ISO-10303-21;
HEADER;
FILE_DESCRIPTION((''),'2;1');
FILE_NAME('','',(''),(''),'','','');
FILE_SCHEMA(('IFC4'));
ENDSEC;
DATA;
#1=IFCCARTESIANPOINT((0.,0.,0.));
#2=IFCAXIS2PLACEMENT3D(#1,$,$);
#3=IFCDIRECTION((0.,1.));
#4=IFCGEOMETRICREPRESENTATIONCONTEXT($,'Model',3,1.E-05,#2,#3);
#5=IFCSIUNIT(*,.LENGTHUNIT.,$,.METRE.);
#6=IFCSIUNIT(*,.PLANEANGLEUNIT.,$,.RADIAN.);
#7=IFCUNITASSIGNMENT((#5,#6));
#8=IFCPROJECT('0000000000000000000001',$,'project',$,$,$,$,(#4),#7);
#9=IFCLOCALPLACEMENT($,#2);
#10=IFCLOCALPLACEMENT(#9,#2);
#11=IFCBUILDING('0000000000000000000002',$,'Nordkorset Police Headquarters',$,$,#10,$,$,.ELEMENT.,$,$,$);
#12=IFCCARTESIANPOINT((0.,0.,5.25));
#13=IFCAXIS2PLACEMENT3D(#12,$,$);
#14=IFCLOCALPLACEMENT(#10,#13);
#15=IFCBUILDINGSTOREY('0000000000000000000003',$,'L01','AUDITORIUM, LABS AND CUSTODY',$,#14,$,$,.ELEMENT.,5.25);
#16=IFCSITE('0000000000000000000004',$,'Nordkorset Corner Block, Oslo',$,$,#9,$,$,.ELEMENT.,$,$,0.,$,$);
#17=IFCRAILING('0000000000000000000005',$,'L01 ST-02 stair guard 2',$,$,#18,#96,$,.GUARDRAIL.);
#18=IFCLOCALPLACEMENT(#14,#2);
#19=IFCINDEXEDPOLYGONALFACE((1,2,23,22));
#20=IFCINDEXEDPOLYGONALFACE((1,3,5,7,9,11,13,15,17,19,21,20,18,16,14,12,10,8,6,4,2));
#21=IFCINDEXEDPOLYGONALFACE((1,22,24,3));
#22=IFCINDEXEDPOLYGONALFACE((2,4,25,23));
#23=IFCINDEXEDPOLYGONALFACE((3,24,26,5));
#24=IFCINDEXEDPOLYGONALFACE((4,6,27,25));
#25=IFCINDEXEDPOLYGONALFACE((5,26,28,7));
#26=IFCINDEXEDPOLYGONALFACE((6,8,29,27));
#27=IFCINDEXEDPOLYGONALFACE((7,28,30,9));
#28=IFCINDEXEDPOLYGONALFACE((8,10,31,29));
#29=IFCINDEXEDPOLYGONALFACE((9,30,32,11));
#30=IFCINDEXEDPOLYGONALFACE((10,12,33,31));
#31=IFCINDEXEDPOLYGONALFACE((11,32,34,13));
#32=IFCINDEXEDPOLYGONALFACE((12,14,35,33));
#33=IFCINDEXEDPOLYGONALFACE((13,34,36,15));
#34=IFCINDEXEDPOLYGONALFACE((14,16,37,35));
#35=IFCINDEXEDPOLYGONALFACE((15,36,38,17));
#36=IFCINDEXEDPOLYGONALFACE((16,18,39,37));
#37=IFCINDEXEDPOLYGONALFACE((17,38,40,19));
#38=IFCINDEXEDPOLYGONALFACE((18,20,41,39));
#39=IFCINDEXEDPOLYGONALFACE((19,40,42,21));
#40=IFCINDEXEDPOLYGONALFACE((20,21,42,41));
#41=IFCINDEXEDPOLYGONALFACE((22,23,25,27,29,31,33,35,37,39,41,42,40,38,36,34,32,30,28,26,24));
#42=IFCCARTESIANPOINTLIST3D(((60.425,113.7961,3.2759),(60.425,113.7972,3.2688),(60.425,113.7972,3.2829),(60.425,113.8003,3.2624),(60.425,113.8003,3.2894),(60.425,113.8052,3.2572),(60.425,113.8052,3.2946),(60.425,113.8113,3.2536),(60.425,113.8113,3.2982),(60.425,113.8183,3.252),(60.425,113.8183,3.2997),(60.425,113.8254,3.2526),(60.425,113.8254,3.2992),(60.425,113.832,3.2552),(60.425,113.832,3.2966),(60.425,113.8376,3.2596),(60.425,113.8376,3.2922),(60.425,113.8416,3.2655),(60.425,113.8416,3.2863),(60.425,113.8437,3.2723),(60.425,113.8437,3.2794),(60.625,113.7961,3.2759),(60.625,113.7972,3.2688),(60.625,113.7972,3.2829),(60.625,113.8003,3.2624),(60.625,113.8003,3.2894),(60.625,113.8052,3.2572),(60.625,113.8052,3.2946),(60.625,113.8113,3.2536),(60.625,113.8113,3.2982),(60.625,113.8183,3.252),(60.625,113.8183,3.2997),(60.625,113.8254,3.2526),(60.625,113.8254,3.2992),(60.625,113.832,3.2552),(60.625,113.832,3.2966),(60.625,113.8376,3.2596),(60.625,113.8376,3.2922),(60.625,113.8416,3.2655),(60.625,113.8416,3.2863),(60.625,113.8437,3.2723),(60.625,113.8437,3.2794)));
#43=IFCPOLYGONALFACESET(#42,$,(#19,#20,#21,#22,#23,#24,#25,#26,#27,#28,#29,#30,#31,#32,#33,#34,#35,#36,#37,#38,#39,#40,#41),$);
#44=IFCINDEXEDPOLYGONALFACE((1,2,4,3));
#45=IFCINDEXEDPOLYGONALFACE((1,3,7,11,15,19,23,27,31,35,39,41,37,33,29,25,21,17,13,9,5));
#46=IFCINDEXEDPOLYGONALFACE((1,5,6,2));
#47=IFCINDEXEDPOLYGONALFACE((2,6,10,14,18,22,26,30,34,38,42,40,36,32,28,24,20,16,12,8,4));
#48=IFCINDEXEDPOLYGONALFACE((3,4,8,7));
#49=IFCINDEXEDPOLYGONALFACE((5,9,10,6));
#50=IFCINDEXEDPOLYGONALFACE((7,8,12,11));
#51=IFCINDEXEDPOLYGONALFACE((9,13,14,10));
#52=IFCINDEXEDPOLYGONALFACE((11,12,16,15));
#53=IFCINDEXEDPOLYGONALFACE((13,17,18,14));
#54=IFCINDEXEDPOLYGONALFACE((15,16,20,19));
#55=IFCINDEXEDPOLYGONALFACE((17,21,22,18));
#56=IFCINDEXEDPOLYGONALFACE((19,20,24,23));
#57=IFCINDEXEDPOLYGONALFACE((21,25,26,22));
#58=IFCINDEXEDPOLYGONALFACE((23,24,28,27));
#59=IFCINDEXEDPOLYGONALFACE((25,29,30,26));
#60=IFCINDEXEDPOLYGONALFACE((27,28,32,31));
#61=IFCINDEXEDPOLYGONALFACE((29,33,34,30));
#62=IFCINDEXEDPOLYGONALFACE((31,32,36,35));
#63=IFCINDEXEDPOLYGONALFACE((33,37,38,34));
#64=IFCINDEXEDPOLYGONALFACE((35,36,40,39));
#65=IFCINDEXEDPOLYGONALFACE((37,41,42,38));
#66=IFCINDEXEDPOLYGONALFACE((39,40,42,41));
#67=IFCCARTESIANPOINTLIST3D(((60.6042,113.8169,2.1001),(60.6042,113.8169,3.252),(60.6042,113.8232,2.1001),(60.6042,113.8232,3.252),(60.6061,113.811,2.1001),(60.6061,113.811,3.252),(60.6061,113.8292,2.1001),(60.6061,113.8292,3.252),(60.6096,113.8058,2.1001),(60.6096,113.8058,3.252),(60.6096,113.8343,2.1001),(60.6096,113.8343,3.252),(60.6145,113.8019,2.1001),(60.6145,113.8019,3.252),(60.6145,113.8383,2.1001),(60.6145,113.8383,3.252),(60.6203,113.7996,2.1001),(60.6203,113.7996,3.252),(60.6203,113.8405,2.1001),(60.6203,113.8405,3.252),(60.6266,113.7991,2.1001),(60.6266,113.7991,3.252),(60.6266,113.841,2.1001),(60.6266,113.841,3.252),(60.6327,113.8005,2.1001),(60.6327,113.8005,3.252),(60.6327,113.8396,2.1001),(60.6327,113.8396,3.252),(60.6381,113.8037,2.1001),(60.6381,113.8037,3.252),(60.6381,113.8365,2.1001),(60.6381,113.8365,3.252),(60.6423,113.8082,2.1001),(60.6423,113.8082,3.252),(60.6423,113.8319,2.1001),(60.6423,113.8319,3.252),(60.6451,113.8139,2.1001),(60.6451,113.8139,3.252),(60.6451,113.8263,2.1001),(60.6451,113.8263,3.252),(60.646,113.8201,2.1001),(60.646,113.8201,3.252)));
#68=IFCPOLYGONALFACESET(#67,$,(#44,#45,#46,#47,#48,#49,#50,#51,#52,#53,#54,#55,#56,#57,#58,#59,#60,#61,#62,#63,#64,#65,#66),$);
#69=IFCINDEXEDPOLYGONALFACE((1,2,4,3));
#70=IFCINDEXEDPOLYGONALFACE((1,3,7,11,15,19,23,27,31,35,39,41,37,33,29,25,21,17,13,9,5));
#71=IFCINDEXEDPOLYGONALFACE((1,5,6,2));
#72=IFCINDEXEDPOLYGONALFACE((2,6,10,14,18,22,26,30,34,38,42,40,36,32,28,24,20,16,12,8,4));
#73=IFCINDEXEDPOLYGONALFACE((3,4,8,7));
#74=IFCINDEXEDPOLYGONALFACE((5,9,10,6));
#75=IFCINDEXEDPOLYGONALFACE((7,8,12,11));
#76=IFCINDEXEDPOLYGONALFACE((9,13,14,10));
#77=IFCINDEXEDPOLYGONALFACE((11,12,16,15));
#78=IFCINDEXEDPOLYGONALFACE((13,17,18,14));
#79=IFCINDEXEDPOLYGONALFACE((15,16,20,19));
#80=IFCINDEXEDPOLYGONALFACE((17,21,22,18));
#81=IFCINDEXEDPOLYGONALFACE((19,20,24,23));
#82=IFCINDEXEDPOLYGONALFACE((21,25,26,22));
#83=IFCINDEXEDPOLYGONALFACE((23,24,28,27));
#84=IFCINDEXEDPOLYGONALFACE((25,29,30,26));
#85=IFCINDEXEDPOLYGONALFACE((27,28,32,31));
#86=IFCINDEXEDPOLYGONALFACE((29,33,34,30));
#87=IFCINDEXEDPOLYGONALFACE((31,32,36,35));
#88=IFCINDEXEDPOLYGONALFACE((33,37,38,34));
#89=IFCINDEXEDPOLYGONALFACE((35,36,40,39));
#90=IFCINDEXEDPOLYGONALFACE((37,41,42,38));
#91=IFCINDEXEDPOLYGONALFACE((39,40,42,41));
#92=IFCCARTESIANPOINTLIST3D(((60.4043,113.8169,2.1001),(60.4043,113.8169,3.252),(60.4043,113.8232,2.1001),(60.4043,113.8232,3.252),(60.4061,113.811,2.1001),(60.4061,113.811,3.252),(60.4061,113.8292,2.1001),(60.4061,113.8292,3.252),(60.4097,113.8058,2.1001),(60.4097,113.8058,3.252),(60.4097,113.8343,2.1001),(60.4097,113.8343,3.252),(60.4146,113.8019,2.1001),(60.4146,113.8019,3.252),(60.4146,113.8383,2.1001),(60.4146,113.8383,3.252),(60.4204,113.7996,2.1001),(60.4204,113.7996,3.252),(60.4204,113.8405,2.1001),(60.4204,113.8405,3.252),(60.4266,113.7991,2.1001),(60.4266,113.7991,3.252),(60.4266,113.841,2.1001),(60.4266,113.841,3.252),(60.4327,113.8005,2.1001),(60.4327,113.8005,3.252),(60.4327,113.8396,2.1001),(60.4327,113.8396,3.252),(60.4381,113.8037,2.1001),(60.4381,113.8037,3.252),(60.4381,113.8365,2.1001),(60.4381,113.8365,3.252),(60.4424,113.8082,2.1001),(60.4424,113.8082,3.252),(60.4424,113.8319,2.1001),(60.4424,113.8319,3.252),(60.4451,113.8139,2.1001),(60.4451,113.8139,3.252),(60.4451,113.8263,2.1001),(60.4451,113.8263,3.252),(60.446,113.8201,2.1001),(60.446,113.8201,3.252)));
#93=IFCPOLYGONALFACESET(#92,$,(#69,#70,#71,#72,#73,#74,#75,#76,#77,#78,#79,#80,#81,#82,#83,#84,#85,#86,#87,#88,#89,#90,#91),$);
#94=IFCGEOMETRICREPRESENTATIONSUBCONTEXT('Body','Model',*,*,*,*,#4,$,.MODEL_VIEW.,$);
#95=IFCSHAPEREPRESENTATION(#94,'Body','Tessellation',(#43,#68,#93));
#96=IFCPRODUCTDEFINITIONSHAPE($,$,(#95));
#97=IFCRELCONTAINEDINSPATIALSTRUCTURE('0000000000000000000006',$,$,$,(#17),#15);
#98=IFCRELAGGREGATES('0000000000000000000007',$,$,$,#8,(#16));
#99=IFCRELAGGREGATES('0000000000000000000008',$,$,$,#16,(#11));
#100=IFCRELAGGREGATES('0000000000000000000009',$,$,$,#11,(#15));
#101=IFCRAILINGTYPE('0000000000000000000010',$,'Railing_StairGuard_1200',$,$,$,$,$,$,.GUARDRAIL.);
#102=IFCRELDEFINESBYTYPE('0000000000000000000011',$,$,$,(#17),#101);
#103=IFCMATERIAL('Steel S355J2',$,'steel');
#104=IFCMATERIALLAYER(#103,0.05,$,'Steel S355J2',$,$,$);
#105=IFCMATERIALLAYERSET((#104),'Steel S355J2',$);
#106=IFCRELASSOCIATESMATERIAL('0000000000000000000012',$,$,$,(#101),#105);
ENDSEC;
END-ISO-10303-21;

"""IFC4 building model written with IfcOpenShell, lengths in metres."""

from ifc_helpers import new_model, si_unit, direction, frame, origin, origin_2d, place, context, subcontext, project, spatial, circle, extrude, material, layer, layer_set, type_object, element, save


model = new_model("IFC4")

# Units and contexts
model_context = context("Model", 3, precision=1e-05, world=origin(), true_north=direction((0.0, 1.0)))
body_context = subcontext(model_context, "Body", "Model", "MODEL_VIEW")
ifc_project = project(units=[si_unit("LENGTHUNIT", "METRE"), si_unit("PLANEANGLEUNIT", "RADIAN")], contexts=[model_context])

# Site, building, storey
site_placement = place(None, origin())
site = spatial("IfcSite", under=ifc_project, at=site_placement, Name="Nordkorset Corner Block, Oslo", CompositionType="ELEMENT", RefElevation=0.0)
building_placement = place(site_placement, origin())
building = spatial("IfcBuilding", under=site, at=building_placement, Name="Nordkorset Police Headquarters", CompositionType="ELEMENT")
storey_placement = place(building_placement, frame((0.0, 0.0, 5.25)))
storey = spatial("IfcBuildingStorey", under=building, at=storey_placement, Name="L01", Description="AUDITORIUM, LABS AND CUSTODY", CompositionType="ELEMENT", Elevation=5.25)

# Railing
ifc_material_1 = material(Name="Steel S355J2", Category="steel")
ifc_layer_1 = layer(ifc_material_1, 0.05, Name="Steel S355J2")
ifc_layer_set_1 = layer_set([ifc_layer_1], Name="Steel S355J2")
railing_type_1 = type_object("IfcRailingType", Name="Railing_StairGuard_1200", PredefinedType="GUARDRAIL", material=ifc_layer_set_1)
railing_1_placement = place(storey_placement, frame((60.625, 113.8201, 2.1001)))
element("IfcRailing", 1, at=railing_1_placement, inside=storey, type_object=railing_type_1, Name="L01 ST-02 stair guard 2", PredefinedType="GUARDRAIL", context=body_context, shape_type="SweptSolid", body=[
    extrude(circle(Radius=0.0239, at=origin_2d()), frame((0.0, 0.0, 1.1758), z_axis=(-1.0, 0.0, 0.0), x_axis=(0.0, -1.0, 0.0)), (0.0, 0.0, 1.0), 0.2),
    extrude(circle(Radius=0.021, at=origin_2d()), origin(), (0.0, 0.0, 1.0), 1.1519),
    extrude(circle(Radius=0.021, at=origin_2d()), frame((-0.2, 0.0, 0.0)), (0.0, 0.0, 1.0), 1.1519),
])

save(model, "model.ifc")
